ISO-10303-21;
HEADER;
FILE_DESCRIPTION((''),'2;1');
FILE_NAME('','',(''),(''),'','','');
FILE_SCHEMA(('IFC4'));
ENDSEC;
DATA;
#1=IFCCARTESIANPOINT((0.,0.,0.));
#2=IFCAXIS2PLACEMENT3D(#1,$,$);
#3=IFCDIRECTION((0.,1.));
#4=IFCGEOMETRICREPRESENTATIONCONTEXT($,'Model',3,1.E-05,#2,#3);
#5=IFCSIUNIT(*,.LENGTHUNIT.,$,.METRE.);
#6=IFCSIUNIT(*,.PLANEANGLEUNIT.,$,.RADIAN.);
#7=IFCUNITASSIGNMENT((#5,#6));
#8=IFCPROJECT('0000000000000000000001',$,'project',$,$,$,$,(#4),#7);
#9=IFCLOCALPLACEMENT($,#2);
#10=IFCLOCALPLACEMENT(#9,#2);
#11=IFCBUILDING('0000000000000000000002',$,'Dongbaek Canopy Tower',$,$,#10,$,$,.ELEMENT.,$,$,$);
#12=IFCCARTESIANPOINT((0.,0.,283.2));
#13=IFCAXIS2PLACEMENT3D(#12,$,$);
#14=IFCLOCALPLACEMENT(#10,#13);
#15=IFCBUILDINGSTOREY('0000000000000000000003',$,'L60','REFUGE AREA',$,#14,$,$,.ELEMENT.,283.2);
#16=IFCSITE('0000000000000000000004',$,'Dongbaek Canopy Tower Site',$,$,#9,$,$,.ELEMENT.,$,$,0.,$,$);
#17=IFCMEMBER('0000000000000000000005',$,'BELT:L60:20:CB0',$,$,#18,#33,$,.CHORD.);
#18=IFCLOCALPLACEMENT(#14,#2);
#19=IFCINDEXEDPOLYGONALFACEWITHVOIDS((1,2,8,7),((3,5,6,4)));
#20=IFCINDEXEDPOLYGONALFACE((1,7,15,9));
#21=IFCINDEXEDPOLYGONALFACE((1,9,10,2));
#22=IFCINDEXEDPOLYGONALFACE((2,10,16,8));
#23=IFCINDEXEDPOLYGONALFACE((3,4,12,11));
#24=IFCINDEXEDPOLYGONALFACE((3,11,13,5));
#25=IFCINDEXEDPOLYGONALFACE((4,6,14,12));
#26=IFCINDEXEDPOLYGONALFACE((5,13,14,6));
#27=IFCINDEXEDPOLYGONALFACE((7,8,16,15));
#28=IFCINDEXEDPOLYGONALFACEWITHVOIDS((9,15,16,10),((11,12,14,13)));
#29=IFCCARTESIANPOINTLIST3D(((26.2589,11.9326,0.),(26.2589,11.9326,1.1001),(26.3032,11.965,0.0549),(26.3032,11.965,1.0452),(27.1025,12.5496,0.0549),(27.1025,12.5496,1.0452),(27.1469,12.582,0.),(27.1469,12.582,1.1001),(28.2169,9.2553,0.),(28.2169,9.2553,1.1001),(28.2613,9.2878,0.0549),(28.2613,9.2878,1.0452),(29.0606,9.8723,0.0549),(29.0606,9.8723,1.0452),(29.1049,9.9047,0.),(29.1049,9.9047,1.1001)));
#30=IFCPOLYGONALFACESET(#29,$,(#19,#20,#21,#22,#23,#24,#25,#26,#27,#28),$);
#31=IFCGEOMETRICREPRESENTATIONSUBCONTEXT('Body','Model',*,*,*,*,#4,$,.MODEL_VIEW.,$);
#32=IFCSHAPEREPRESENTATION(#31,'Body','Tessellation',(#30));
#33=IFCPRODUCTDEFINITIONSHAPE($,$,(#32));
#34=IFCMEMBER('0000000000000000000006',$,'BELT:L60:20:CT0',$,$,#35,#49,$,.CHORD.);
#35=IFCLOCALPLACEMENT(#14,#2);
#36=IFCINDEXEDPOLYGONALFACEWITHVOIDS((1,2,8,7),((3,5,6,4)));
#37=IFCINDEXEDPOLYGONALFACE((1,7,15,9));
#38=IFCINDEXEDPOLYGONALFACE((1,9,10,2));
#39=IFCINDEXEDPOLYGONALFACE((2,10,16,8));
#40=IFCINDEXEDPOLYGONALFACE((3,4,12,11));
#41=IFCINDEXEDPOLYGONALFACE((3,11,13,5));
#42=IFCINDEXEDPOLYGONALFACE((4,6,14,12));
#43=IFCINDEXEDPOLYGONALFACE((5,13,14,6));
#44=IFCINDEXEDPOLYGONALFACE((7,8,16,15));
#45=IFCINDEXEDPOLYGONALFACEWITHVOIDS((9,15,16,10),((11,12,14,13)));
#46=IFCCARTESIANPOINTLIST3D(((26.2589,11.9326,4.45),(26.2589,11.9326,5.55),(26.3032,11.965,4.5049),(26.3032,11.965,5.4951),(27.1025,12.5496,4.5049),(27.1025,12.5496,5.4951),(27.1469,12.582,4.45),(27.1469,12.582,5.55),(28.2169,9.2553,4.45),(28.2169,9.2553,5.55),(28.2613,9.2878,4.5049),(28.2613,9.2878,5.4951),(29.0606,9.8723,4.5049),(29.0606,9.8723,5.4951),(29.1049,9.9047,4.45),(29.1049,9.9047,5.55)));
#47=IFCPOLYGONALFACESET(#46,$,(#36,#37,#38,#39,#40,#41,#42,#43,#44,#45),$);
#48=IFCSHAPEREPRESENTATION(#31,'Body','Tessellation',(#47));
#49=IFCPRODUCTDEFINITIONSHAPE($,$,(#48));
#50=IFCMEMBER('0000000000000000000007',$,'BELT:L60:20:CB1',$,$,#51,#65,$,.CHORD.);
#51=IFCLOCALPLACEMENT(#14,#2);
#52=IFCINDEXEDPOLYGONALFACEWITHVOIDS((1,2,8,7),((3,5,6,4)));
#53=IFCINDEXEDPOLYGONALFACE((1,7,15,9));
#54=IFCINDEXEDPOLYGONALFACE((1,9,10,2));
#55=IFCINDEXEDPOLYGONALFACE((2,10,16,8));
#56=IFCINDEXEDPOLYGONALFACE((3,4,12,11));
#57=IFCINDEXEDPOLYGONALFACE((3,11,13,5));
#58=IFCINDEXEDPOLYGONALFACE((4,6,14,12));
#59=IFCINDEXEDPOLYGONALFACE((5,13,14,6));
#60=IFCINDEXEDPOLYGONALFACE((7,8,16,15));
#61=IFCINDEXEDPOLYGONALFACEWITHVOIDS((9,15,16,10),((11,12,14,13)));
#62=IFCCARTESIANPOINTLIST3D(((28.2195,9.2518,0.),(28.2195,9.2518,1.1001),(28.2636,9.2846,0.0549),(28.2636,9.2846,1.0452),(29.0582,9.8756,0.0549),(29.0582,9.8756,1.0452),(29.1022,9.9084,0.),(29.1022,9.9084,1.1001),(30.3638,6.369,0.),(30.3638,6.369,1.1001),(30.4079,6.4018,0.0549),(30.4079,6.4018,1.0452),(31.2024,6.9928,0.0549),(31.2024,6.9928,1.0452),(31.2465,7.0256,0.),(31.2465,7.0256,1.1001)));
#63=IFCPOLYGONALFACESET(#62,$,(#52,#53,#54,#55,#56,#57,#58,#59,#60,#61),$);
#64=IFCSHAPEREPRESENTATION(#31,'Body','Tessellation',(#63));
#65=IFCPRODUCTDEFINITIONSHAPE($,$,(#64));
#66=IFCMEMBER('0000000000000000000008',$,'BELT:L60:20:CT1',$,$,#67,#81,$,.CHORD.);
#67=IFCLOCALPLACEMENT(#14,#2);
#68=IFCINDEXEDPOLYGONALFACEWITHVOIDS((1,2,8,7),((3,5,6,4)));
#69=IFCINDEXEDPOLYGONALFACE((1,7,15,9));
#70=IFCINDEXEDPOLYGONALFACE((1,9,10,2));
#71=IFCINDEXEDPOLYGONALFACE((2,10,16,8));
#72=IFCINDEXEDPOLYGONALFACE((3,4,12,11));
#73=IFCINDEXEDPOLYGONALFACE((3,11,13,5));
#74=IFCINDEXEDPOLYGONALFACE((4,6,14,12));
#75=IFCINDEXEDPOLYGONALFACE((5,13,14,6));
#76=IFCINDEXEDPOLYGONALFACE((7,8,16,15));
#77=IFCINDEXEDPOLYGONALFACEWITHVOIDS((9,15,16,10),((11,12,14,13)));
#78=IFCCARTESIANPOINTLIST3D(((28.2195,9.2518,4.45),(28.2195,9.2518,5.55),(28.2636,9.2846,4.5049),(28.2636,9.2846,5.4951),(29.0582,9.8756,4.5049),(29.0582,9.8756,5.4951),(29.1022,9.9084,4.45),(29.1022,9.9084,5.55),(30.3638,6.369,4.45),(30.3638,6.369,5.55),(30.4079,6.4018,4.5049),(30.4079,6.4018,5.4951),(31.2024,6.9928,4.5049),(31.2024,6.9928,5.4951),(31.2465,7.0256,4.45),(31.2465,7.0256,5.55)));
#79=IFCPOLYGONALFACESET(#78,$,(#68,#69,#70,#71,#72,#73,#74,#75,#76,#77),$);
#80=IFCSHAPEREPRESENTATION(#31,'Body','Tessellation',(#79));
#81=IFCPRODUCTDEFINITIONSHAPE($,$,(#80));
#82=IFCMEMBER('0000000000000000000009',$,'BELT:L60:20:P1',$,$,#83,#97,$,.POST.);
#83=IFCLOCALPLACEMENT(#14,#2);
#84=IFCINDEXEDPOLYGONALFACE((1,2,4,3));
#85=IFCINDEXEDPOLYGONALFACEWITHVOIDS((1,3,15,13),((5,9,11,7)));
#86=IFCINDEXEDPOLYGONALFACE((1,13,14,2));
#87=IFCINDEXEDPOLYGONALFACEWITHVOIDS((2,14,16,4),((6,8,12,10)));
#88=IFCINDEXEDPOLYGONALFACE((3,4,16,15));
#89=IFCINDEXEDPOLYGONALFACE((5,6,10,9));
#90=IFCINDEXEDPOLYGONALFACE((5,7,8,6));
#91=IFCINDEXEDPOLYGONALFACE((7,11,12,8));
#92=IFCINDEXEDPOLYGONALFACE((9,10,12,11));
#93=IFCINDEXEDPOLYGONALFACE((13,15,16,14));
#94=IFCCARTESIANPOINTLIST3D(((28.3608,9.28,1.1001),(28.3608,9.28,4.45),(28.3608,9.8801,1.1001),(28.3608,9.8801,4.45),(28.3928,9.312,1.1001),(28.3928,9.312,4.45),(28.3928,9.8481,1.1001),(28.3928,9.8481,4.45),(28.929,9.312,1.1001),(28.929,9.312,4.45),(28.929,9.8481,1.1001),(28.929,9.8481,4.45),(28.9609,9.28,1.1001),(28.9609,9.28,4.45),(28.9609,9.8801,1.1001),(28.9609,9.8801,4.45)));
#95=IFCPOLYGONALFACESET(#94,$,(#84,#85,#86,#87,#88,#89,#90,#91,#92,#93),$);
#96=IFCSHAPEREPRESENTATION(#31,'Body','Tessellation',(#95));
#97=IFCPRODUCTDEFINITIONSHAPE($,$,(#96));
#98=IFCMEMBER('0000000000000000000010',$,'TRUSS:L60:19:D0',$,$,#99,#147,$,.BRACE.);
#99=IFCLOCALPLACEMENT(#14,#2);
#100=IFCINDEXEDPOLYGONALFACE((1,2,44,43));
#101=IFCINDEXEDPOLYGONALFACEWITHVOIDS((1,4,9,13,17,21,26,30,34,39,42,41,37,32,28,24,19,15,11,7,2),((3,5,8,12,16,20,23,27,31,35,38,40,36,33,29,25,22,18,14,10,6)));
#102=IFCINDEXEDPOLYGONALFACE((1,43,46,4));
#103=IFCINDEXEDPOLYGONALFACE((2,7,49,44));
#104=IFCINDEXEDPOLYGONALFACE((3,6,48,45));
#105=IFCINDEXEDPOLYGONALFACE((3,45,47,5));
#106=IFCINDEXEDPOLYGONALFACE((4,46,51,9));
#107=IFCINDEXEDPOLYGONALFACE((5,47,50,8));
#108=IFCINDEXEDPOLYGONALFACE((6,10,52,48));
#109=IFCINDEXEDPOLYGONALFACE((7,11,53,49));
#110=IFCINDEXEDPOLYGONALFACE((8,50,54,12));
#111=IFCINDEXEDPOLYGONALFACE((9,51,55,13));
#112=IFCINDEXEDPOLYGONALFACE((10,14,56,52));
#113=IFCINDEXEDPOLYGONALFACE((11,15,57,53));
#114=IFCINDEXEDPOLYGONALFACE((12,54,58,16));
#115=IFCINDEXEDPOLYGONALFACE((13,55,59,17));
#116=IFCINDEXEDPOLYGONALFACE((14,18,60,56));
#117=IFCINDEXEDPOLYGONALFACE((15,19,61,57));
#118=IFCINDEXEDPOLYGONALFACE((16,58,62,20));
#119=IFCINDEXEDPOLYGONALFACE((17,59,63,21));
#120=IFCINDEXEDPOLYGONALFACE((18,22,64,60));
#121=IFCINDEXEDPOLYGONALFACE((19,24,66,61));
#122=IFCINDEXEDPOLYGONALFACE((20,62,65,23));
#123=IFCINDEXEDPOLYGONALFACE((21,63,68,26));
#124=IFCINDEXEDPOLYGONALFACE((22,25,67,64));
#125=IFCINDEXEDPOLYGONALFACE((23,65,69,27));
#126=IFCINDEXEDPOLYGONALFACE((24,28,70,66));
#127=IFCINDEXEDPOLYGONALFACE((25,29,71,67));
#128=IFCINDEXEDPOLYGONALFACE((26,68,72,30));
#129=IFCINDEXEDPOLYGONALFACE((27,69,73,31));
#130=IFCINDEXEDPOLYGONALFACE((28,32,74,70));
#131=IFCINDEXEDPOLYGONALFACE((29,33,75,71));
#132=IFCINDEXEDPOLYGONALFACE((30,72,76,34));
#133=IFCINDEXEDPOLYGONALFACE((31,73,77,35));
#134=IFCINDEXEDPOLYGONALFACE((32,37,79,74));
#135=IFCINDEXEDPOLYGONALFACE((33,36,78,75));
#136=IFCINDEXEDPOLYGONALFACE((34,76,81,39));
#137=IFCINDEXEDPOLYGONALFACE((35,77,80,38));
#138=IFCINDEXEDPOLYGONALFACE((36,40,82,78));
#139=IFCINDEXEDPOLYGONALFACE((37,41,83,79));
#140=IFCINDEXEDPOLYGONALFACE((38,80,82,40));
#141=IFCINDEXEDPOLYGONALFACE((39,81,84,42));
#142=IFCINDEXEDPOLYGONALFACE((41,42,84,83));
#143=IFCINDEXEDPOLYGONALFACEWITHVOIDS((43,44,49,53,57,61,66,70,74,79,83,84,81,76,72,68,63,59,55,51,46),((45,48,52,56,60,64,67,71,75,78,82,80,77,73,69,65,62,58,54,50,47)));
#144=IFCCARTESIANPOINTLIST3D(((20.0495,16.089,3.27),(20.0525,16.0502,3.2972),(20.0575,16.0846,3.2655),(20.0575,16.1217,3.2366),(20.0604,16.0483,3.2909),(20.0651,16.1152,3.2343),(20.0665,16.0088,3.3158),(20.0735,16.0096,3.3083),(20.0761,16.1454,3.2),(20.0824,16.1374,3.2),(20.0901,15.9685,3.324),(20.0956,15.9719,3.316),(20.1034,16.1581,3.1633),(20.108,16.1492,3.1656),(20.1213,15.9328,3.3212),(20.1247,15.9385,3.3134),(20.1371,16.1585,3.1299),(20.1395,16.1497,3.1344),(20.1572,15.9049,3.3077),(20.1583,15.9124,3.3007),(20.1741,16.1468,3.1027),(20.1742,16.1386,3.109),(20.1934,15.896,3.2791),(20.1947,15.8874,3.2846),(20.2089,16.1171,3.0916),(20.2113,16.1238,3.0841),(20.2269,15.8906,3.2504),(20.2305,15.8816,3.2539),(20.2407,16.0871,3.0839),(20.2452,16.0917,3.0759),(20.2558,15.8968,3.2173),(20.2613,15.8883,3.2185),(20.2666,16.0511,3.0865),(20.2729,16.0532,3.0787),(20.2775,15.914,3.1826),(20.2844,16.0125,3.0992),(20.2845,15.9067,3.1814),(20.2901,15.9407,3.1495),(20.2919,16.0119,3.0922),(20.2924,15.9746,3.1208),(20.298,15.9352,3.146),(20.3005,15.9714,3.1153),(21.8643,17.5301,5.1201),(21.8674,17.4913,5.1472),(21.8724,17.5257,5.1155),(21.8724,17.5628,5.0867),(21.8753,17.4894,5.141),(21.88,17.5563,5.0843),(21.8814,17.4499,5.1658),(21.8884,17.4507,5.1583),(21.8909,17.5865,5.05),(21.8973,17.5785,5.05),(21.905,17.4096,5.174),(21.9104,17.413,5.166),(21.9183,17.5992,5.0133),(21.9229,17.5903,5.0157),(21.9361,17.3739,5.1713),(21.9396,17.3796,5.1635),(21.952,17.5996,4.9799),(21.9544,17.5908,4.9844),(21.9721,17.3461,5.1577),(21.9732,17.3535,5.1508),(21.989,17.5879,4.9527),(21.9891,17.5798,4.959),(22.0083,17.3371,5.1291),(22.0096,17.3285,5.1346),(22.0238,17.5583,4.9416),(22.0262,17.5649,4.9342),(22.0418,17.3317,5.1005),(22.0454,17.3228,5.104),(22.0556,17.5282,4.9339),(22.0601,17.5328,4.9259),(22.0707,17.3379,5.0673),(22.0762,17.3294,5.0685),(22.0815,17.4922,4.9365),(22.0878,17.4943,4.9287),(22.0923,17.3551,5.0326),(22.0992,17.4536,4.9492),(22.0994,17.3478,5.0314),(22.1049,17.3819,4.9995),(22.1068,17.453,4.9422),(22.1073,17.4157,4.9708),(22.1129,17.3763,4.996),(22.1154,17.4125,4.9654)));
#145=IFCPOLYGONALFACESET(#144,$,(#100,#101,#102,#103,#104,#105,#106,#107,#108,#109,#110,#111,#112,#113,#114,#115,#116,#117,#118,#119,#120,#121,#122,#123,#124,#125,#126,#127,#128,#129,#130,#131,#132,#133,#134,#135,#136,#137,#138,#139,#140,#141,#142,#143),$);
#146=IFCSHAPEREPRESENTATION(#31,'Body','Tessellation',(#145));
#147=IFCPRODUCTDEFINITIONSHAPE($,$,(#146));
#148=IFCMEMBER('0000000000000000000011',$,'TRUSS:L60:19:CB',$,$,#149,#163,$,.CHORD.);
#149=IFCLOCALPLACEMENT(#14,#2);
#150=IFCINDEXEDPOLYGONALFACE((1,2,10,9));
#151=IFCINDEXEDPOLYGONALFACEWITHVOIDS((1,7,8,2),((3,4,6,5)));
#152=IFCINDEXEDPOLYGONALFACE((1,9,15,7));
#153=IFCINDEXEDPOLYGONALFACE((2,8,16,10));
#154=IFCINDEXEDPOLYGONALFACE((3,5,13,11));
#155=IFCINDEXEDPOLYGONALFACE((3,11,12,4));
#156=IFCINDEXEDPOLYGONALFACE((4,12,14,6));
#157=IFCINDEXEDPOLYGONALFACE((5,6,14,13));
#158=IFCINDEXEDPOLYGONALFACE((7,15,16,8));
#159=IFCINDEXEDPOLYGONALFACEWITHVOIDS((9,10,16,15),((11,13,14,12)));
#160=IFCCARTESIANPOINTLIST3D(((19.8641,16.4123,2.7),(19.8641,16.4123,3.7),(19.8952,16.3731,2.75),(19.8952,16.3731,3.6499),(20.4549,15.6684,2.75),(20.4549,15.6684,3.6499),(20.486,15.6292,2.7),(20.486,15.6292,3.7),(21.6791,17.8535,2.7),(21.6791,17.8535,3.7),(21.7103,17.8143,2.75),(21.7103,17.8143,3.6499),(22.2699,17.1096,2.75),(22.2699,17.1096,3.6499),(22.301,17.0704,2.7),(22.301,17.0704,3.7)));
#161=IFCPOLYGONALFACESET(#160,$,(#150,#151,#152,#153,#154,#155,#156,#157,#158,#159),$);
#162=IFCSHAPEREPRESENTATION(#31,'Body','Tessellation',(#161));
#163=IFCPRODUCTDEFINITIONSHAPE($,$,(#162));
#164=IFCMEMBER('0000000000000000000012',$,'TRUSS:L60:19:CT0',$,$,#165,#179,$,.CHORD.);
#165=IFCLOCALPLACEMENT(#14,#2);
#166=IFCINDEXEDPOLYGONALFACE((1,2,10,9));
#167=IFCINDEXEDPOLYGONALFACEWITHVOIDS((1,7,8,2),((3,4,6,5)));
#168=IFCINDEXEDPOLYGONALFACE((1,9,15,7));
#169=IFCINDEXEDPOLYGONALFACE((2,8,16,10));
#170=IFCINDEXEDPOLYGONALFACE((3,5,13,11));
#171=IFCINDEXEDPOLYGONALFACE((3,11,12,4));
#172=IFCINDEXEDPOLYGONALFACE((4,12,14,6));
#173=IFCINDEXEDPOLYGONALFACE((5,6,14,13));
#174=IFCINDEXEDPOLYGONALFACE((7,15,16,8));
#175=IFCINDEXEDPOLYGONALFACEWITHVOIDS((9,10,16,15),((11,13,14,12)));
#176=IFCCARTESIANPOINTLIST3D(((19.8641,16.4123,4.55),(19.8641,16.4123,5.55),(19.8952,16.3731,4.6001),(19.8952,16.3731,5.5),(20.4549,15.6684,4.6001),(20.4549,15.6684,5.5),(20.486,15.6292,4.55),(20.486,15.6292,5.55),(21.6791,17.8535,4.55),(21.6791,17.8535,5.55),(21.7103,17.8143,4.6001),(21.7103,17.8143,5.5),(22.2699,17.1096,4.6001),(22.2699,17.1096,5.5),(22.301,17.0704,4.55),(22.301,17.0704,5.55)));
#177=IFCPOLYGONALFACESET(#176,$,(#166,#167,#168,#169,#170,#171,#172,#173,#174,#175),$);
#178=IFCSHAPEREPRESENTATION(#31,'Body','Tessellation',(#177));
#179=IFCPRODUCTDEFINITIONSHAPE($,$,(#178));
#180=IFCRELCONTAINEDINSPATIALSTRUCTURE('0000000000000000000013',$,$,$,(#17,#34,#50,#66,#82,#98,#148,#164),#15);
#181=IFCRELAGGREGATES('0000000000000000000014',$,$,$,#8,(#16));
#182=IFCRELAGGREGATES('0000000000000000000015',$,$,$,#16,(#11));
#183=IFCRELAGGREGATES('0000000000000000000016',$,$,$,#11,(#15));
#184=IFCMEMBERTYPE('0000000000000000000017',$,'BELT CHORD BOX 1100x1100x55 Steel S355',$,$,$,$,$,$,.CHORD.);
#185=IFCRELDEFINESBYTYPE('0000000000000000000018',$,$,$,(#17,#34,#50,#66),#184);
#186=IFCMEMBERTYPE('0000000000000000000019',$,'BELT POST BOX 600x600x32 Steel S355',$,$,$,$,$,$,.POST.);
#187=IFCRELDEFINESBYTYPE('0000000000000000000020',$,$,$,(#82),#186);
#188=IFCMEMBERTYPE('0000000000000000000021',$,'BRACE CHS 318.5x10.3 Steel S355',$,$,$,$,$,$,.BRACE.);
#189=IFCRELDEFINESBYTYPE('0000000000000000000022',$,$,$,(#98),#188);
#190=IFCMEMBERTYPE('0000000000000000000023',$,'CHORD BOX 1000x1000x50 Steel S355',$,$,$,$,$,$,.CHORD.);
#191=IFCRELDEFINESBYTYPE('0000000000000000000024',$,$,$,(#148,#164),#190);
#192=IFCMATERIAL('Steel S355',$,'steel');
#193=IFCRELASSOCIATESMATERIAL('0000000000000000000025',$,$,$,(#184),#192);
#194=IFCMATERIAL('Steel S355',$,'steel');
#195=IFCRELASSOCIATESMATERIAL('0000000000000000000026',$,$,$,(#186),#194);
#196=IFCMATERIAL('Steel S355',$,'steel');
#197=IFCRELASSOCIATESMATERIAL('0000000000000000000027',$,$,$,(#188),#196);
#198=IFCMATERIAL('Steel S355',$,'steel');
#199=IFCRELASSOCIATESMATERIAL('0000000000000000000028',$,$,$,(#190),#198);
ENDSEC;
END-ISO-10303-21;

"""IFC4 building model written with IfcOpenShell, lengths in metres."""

from ifc_helpers import new_model, si_unit, direction, frame, origin, origin_2d, place, context, subcontext, project, spatial, hollow_rectangle, hollow_circle, extrude, material, material_profile, profile_set, type_object, element, save


model = new_model("IFC4")

# Units and contexts
model_context = context("Model", 3, precision=1e-05, world=origin(), true_north=direction((0.0, 1.0)))
body_context = subcontext(model_context, "Body", "Model", "MODEL_VIEW")
ifc_project = project(units=[si_unit("LENGTHUNIT", "METRE"), si_unit("PLANEANGLEUNIT", "RADIAN")], contexts=[model_context])

# Site, building, storey
site_placement = place(None, origin())
site = spatial("IfcSite", under=ifc_project, at=site_placement, Name="Dongbaek Canopy Tower Site", CompositionType="ELEMENT", RefElevation=0.0)
building_placement = place(site_placement, origin())
building = spatial("IfcBuilding", under=site, at=building_placement, Name="Dongbaek Canopy Tower", CompositionType="ELEMENT")
storey_placement = place(building_placement, frame((0.0, 0.0, 283.2)))
storey = spatial("IfcBuildingStorey", under=building, at=storey_placement, Name="L60", Description="REFUGE AREA", CompositionType="ELEMENT", Elevation=283.2)

# Members
ifc_material_1 = material(Name="Steel S355", Category="steel")
ifc_material_profile_1 = material_profile(ifc_material_1, hollow_rectangle(XDim=1.1001, YDim=1.1001, WallThickness=0.0549, at=origin_2d()), Name="BELT CHORD BOX 1100x1100x55 Steel S355")
ifc_profile_set_1 = profile_set([ifc_material_profile_1], Name="Steel S355")
member_type_1 = type_object("IfcMemberType", Name="BELT CHORD BOX 1100x1100x55 Steel S355", PredefinedType="CHORD", material=ifc_profile_set_1)
for number, where, z_axis, x_axis, name in (
    (1, (26.7029, 12.2573, 0.55), (0.590323, -0.807167, 0.0), (0.807167, 0.590323, 0.0), "BELT:L60:20:CB0"),
    (2, (26.7029, 12.2573, 5.0), (0.590323, -0.807167, 0.0), (0.807167, 0.590323, 0.0), "BELT:L60:20:CT0"),
):
    element("IfcMember", number, at=place(storey_placement, frame(where, z_axis=z_axis, x_axis=x_axis)), inside=storey, type_object=member_type_1, Name=name, PredefinedType="CHORD", context=body_context, shape_type="SweptSolid", body=[
        extrude(hollow_rectangle(XDim=1.1001, YDim=1.1001, WallThickness=0.0549, at=origin_2d()), origin(), (0.0, 0.0, 1.0), 3.3169),
    ])
for number, where, z_axis, x_axis, name in (
    (3, (28.6609, 9.5801, 0.55), (0.596821, -0.802375, 0.0), (0.802375, 0.596821, 0.0), "BELT:L60:20:CB1"),
    (4, (28.6609, 9.5801, 5.0), (0.596821, -0.802375, 0.0), (0.802375, 0.596821, 0.0), "BELT:L60:20:CT1"),
):
    element("IfcMember", number, at=place(storey_placement, frame(where, z_axis=z_axis, x_axis=x_axis)), inside=storey, type_object=member_type_1, Name=name, PredefinedType="CHORD", context=body_context, shape_type="SweptSolid", body=[
        extrude(hollow_rectangle(XDim=1.1001, YDim=1.1001, WallThickness=0.0549, at=origin_2d()), origin(), (0.0, 0.0, 1.0), 3.5928),
    ])
ifc_material_2 = material(Name="Steel S355", Category="steel")
ifc_material_profile_2 = material_profile(ifc_material_2, hollow_rectangle(XDim=0.6001, YDim=0.6001, WallThickness=0.032, at=origin_2d()), Name="BELT POST BOX 600x600x32 Steel S355")
ifc_profile_set_2 = profile_set([ifc_material_profile_2], Name="Steel S355")
member_type_2 = type_object("IfcMemberType", Name="BELT POST BOX 600x600x32 Steel S355", PredefinedType="POST", material=ifc_profile_set_2)
member_1_placement = place(storey_placement, frame((28.6609, 9.5801, 1.1001), z_axis=(0.0, 0.0, 1.0), x_axis=(1.0, 0.0, 0.0)))
element("IfcMember", 5, at=member_1_placement, inside=storey, type_object=member_type_2, Name="BELT:L60:20:P1", PredefinedType="POST", context=body_context, shape_type="SweptSolid", body=[
    extrude(hollow_rectangle(XDim=0.6001, YDim=0.6001, WallThickness=0.032, at=origin_2d()), origin(), (0.0, 0.0, 1.0), 3.3499),
])
ifc_material_3 = material(Name="Steel S355", Category="steel")
ifc_material_profile_3 = material_profile(ifc_material_3, hollow_circle(Radius=0.1592, WallThickness=0.0103, at=origin_2d()), Name="BRACE CHS 318.5x10.3 Steel S355")
ifc_profile_set_3 = profile_set([ifc_material_profile_3], Name="Steel S355")
member_type_3 = type_object("IfcMemberType", Name="BRACE CHS 318.5x10.3 Steel S355", PredefinedType="BRACE", material=ifc_profile_set_3)
member_2_placement = place(storey_placement, frame((20.175, 16.0208, 3.2), z_axis=(0.612032, 0.485986, 0.623887), x_axis=(-0.621852, 0.783135, 0.0)))
element("IfcMember", 6, at=member_2_placement, inside=storey, type_object=member_type_3, Name="TRUSS:L60:19:D0", PredefinedType="BRACE", context=body_context, shape_type="SweptSolid", body=[
    extrude(hollow_circle(Radius=0.1592, WallThickness=0.0103, at=origin_2d()), origin(), (0.0, 0.0, 1.0), 2.9653),
])
ifc_material_4 = material(Name="Steel S355", Category="steel")
ifc_material_profile_4 = material_profile(ifc_material_4, hollow_rectangle(XDim=1.0, YDim=1.0, WallThickness=0.05, at=origin_2d()), Name="CHORD BOX 1000x1000x50 Steel S355")
ifc_profile_set_4 = profile_set([ifc_material_profile_4], Name="Steel S355")
member_type_4 = type_object("IfcMemberType", Name="CHORD BOX 1000x1000x50 Steel S355", PredefinedType="CHORD", material=ifc_profile_set_4)
for number, where, z_axis, x_axis, name in (
    (7, (20.175, 16.0208, 3.2), (0.783135, 0.621852, 0.0), (-0.621852, 0.783135, 0.0), "TRUSS:L60:19:CB"),
    (8, (20.175, 16.0208, 5.05), (0.783135, 0.621852, 0.0), (-0.621852, 0.783135, 0.0), "TRUSS:L60:19:CT0"),
):
    element("IfcMember", number, at=place(storey_placement, frame(where, z_axis=z_axis, x_axis=x_axis)), inside=storey, type_object=member_type_4, Name=name, PredefinedType="CHORD", context=body_context, shape_type="SweptSolid", body=[
        extrude(hollow_rectangle(XDim=1.0, YDim=1.0, WallThickness=0.05, at=origin_2d()), origin(), (0.0, 0.0, 1.0), 2.3176),
    ])

save(model, "model.ifc")
